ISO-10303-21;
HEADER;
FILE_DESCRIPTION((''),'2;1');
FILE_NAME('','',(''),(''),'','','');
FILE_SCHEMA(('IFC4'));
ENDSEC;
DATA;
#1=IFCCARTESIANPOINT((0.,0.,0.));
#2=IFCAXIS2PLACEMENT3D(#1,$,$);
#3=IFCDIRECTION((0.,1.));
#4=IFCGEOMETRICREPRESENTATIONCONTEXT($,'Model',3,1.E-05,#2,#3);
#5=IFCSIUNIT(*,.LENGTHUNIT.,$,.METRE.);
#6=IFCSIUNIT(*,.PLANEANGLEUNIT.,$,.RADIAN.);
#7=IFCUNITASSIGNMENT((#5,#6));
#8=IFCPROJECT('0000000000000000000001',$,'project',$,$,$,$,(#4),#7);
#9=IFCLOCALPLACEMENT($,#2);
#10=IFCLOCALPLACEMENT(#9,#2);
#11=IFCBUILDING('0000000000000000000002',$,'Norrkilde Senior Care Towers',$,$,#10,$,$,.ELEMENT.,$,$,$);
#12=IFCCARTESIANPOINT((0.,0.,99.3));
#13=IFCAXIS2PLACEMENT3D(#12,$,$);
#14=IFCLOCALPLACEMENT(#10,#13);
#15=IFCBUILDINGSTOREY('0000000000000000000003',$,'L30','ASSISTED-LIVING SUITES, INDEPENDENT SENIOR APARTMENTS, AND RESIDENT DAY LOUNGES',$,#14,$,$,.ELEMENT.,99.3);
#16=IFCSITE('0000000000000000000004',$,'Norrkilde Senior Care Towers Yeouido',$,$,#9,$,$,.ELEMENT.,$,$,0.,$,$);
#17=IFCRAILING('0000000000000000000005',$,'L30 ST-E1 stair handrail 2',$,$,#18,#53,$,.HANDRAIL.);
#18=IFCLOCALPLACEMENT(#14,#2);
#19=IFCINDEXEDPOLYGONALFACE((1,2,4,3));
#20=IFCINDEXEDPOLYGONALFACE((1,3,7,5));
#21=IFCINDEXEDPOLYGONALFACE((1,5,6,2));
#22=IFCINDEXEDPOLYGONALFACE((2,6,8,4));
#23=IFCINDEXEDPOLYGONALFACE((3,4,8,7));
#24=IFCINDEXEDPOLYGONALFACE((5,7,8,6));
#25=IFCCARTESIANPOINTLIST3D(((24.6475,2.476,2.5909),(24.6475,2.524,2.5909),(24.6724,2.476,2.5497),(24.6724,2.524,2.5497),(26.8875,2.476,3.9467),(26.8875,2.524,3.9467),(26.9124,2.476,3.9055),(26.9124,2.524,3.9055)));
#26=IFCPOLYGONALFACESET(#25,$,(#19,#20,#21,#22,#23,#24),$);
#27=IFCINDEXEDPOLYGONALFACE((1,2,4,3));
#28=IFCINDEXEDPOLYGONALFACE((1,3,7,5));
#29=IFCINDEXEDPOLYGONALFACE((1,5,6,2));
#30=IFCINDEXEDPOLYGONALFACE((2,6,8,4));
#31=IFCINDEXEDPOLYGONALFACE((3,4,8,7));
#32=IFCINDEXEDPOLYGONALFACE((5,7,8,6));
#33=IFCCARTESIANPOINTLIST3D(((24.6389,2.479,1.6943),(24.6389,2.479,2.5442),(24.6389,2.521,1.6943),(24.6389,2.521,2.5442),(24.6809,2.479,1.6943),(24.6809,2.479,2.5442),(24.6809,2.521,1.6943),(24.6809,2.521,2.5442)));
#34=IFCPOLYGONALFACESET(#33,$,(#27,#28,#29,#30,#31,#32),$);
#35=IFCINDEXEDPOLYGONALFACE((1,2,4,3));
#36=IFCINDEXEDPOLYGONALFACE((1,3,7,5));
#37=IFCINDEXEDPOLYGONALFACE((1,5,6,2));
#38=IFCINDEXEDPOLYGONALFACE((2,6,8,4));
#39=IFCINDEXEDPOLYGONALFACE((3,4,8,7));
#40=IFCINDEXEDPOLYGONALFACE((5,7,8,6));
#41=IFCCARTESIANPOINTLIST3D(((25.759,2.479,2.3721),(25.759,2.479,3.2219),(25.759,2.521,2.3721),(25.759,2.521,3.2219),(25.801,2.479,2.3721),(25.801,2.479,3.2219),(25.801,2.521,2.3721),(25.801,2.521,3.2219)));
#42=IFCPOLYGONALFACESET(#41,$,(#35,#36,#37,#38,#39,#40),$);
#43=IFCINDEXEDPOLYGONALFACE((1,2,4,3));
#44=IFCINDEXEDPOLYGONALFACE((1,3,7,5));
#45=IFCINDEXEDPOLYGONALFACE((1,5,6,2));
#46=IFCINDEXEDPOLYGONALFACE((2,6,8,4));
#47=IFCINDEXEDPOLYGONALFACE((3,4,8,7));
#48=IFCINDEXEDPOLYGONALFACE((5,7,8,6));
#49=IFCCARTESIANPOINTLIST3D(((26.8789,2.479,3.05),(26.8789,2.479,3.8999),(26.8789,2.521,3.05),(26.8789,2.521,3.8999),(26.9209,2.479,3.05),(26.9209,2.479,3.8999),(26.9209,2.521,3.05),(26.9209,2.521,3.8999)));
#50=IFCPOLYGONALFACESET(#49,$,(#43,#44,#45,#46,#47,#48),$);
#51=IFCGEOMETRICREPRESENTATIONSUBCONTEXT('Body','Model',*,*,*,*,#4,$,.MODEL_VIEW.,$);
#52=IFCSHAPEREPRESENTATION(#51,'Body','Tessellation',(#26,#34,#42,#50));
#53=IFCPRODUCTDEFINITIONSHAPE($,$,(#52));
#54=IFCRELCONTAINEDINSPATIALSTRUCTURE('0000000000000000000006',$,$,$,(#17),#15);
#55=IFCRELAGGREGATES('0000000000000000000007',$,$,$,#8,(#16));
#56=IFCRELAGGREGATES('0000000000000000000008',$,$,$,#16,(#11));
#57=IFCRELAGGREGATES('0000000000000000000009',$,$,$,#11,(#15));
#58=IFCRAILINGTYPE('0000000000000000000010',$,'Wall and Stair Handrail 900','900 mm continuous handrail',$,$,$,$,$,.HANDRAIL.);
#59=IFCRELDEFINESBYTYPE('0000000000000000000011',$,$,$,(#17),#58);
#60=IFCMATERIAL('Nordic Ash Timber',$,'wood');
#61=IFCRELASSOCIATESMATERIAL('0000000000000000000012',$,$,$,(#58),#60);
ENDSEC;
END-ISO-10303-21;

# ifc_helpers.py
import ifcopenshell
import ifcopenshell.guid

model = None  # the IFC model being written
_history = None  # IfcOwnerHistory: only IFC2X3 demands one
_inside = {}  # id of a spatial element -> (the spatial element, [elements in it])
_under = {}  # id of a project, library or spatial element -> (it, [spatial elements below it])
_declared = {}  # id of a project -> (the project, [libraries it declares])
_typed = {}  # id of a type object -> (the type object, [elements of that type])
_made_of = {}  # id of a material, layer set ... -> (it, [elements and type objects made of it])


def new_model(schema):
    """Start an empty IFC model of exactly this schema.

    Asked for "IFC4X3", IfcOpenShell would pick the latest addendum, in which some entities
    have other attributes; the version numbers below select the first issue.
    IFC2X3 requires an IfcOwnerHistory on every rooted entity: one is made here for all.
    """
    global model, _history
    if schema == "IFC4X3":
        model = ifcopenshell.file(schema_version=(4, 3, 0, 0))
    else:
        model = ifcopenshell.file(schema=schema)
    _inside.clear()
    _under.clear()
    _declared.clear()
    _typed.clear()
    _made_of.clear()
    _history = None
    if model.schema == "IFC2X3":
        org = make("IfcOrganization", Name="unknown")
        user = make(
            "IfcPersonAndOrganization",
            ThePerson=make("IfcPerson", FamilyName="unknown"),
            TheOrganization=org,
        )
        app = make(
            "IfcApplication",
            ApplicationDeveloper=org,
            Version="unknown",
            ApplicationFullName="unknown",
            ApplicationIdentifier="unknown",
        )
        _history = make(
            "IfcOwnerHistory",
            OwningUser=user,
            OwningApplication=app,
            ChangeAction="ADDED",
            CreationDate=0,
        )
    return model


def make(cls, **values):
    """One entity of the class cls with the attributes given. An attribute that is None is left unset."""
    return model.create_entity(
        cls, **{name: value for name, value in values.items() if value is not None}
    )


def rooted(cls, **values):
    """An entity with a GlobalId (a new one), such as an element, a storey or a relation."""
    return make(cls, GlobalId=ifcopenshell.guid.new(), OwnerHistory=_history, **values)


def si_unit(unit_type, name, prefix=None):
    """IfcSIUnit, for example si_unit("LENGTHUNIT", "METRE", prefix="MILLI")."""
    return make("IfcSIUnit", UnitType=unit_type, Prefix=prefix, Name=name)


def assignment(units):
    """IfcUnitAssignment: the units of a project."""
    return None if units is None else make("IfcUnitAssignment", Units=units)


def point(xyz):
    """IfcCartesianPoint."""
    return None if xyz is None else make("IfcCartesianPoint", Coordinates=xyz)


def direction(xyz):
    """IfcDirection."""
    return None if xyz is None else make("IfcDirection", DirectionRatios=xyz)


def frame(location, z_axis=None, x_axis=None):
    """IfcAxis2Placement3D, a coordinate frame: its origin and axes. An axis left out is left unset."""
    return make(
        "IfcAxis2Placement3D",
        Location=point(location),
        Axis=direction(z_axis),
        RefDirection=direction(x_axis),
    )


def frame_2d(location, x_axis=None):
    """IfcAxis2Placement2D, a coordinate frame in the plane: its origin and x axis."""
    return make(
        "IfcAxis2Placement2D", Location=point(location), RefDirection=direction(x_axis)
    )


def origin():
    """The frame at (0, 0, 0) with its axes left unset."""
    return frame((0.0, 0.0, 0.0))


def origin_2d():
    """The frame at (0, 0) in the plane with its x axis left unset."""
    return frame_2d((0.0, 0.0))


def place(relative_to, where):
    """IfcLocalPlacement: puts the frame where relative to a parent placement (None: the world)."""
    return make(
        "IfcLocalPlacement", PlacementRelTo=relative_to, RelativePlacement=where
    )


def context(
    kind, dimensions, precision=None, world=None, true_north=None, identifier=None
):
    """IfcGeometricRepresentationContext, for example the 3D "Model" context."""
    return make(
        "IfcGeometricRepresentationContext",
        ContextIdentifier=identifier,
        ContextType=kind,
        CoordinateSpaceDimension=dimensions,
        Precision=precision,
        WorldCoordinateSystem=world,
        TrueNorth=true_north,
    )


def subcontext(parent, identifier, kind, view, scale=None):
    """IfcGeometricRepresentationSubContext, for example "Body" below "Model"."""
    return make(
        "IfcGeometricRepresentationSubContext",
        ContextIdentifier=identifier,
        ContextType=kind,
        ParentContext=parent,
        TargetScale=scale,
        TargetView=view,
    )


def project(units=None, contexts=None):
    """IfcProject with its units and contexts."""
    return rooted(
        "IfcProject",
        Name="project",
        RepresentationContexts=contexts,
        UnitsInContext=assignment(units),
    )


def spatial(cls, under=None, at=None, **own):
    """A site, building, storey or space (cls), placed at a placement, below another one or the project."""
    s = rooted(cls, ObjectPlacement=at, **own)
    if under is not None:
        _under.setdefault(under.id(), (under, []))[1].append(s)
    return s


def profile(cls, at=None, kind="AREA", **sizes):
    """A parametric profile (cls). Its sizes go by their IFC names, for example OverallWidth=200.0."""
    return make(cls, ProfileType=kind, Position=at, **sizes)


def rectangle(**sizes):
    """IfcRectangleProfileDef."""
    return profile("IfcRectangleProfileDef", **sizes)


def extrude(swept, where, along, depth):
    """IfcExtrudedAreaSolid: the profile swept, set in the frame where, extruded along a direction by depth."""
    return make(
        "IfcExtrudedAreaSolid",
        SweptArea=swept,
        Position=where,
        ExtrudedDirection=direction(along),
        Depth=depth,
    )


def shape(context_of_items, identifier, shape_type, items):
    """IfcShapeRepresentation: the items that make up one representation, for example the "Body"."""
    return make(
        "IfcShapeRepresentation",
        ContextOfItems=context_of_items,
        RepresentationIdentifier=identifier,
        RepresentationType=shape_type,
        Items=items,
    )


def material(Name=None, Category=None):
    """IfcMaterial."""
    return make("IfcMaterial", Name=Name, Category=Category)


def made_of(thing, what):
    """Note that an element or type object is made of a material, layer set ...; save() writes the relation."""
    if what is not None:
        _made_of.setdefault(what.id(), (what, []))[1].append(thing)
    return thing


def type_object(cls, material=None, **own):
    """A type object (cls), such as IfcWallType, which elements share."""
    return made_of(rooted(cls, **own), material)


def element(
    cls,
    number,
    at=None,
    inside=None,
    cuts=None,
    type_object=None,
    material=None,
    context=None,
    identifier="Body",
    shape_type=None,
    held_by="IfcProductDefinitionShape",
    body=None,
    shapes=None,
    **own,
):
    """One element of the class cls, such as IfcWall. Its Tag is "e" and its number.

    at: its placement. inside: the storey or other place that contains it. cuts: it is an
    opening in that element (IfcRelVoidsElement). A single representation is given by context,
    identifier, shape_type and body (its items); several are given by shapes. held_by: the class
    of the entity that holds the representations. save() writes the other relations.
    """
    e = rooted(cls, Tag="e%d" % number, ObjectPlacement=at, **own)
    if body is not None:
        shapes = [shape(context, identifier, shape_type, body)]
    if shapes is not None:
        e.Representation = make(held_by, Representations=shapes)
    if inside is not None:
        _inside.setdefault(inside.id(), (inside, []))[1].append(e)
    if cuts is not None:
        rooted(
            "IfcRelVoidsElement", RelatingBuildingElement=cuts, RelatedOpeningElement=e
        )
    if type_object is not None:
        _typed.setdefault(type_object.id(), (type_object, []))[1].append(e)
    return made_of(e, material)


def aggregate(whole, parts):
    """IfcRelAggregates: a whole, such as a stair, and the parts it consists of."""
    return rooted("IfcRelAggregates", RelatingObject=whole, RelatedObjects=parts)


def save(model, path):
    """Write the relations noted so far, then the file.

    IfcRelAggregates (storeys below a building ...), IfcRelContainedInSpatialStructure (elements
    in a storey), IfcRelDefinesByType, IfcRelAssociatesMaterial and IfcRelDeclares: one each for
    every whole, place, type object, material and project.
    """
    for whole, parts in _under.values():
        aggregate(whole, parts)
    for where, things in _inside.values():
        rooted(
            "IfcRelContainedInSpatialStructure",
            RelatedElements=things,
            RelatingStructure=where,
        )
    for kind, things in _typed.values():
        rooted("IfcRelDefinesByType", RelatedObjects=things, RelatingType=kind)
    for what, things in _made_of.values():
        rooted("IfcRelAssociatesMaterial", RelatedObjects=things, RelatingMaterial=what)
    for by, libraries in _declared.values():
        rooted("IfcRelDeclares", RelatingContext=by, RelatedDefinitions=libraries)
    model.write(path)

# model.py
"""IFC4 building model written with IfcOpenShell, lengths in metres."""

from ifc_helpers import new_model, si_unit, direction, frame, origin, origin_2d, place, context, subcontext, project, spatial, rectangle, extrude, material, type_object, element, save


model = new_model("IFC4")

# Units and contexts
model_context = context("Model", 3, precision=1e-05, world=origin(), true_north=direction((0.0, 1.0)))
body_context = subcontext(model_context, "Body", "Model", "MODEL_VIEW")
ifc_project = project(units=[si_unit("LENGTHUNIT", "METRE"), si_unit("PLANEANGLEUNIT", "RADIAN")], contexts=[model_context])

# Site, building, storey
site_placement = place(None, origin())
site = spatial("IfcSite", under=ifc_project, at=site_placement, Name="Norrkilde Senior Care Towers Yeouido", CompositionType="ELEMENT", RefElevation=0.0)
building_placement = place(site_placement, origin())
building = spatial("IfcBuilding", under=site, at=building_placement, Name="Norrkilde Senior Care Towers", CompositionType="ELEMENT")
storey_placement = place(building_placement, frame((0.0, 0.0, 99.3)))
storey = spatial("IfcBuildingStorey", under=building, at=storey_placement, Name="L30", Description="ASSISTED-LIVING SUITES, INDEPENDENT SENIOR APARTMENTS, AND RESIDENT DAY LOUNGES", CompositionType="ELEMENT", Elevation=99.3)

# Shared definitions
ifc_material_1 = material(Name="Nordic Ash Timber", Category="wood")

# Railing
railing_type_1 = type_object("IfcRailingType", Name="Wall and Stair Handrail 900", Description="900 mm continuous handrail", PredefinedType="HANDRAIL", material=ifc_material_1)
railing_1_placement = place(storey_placement, frame((24.6599, 2.5, 1.6943)))
element("IfcRailing", 1, at=railing_1_placement, inside=storey, type_object=railing_type_1, Name="L30 ST-E1 stair handrail 2", PredefinedType="HANDRAIL", context=body_context, shape_type="SweptSolid", body=[
    extrude(rectangle(XDim=0.0481, YDim=0.0481, at=origin_2d()), frame((0.0, 0.0, 0.876), z_axis=(0.855512, 0.0, 0.517783), x_axis=(0.0, 1.0, 0.0)), (0.0, 0.0, 1.0), 2.6184),
    extrude(rectangle(XDim=0.042, YDim=0.042, at=origin_2d()), origin(), (0.0, 0.0, 1.0), 0.8499),
    extrude(rectangle(XDim=0.042, YDim=0.042, at=origin_2d()), frame((1.1201, 0.0, 0.6777)), (0.0, 0.0, 1.0), 0.8499),
    extrude(rectangle(XDim=0.042, YDim=0.042, at=origin_2d()), frame((2.24, 0.0, 1.3557)), (0.0, 0.0, 1.0), 0.8499),
])

save(model, "model.ifc")
